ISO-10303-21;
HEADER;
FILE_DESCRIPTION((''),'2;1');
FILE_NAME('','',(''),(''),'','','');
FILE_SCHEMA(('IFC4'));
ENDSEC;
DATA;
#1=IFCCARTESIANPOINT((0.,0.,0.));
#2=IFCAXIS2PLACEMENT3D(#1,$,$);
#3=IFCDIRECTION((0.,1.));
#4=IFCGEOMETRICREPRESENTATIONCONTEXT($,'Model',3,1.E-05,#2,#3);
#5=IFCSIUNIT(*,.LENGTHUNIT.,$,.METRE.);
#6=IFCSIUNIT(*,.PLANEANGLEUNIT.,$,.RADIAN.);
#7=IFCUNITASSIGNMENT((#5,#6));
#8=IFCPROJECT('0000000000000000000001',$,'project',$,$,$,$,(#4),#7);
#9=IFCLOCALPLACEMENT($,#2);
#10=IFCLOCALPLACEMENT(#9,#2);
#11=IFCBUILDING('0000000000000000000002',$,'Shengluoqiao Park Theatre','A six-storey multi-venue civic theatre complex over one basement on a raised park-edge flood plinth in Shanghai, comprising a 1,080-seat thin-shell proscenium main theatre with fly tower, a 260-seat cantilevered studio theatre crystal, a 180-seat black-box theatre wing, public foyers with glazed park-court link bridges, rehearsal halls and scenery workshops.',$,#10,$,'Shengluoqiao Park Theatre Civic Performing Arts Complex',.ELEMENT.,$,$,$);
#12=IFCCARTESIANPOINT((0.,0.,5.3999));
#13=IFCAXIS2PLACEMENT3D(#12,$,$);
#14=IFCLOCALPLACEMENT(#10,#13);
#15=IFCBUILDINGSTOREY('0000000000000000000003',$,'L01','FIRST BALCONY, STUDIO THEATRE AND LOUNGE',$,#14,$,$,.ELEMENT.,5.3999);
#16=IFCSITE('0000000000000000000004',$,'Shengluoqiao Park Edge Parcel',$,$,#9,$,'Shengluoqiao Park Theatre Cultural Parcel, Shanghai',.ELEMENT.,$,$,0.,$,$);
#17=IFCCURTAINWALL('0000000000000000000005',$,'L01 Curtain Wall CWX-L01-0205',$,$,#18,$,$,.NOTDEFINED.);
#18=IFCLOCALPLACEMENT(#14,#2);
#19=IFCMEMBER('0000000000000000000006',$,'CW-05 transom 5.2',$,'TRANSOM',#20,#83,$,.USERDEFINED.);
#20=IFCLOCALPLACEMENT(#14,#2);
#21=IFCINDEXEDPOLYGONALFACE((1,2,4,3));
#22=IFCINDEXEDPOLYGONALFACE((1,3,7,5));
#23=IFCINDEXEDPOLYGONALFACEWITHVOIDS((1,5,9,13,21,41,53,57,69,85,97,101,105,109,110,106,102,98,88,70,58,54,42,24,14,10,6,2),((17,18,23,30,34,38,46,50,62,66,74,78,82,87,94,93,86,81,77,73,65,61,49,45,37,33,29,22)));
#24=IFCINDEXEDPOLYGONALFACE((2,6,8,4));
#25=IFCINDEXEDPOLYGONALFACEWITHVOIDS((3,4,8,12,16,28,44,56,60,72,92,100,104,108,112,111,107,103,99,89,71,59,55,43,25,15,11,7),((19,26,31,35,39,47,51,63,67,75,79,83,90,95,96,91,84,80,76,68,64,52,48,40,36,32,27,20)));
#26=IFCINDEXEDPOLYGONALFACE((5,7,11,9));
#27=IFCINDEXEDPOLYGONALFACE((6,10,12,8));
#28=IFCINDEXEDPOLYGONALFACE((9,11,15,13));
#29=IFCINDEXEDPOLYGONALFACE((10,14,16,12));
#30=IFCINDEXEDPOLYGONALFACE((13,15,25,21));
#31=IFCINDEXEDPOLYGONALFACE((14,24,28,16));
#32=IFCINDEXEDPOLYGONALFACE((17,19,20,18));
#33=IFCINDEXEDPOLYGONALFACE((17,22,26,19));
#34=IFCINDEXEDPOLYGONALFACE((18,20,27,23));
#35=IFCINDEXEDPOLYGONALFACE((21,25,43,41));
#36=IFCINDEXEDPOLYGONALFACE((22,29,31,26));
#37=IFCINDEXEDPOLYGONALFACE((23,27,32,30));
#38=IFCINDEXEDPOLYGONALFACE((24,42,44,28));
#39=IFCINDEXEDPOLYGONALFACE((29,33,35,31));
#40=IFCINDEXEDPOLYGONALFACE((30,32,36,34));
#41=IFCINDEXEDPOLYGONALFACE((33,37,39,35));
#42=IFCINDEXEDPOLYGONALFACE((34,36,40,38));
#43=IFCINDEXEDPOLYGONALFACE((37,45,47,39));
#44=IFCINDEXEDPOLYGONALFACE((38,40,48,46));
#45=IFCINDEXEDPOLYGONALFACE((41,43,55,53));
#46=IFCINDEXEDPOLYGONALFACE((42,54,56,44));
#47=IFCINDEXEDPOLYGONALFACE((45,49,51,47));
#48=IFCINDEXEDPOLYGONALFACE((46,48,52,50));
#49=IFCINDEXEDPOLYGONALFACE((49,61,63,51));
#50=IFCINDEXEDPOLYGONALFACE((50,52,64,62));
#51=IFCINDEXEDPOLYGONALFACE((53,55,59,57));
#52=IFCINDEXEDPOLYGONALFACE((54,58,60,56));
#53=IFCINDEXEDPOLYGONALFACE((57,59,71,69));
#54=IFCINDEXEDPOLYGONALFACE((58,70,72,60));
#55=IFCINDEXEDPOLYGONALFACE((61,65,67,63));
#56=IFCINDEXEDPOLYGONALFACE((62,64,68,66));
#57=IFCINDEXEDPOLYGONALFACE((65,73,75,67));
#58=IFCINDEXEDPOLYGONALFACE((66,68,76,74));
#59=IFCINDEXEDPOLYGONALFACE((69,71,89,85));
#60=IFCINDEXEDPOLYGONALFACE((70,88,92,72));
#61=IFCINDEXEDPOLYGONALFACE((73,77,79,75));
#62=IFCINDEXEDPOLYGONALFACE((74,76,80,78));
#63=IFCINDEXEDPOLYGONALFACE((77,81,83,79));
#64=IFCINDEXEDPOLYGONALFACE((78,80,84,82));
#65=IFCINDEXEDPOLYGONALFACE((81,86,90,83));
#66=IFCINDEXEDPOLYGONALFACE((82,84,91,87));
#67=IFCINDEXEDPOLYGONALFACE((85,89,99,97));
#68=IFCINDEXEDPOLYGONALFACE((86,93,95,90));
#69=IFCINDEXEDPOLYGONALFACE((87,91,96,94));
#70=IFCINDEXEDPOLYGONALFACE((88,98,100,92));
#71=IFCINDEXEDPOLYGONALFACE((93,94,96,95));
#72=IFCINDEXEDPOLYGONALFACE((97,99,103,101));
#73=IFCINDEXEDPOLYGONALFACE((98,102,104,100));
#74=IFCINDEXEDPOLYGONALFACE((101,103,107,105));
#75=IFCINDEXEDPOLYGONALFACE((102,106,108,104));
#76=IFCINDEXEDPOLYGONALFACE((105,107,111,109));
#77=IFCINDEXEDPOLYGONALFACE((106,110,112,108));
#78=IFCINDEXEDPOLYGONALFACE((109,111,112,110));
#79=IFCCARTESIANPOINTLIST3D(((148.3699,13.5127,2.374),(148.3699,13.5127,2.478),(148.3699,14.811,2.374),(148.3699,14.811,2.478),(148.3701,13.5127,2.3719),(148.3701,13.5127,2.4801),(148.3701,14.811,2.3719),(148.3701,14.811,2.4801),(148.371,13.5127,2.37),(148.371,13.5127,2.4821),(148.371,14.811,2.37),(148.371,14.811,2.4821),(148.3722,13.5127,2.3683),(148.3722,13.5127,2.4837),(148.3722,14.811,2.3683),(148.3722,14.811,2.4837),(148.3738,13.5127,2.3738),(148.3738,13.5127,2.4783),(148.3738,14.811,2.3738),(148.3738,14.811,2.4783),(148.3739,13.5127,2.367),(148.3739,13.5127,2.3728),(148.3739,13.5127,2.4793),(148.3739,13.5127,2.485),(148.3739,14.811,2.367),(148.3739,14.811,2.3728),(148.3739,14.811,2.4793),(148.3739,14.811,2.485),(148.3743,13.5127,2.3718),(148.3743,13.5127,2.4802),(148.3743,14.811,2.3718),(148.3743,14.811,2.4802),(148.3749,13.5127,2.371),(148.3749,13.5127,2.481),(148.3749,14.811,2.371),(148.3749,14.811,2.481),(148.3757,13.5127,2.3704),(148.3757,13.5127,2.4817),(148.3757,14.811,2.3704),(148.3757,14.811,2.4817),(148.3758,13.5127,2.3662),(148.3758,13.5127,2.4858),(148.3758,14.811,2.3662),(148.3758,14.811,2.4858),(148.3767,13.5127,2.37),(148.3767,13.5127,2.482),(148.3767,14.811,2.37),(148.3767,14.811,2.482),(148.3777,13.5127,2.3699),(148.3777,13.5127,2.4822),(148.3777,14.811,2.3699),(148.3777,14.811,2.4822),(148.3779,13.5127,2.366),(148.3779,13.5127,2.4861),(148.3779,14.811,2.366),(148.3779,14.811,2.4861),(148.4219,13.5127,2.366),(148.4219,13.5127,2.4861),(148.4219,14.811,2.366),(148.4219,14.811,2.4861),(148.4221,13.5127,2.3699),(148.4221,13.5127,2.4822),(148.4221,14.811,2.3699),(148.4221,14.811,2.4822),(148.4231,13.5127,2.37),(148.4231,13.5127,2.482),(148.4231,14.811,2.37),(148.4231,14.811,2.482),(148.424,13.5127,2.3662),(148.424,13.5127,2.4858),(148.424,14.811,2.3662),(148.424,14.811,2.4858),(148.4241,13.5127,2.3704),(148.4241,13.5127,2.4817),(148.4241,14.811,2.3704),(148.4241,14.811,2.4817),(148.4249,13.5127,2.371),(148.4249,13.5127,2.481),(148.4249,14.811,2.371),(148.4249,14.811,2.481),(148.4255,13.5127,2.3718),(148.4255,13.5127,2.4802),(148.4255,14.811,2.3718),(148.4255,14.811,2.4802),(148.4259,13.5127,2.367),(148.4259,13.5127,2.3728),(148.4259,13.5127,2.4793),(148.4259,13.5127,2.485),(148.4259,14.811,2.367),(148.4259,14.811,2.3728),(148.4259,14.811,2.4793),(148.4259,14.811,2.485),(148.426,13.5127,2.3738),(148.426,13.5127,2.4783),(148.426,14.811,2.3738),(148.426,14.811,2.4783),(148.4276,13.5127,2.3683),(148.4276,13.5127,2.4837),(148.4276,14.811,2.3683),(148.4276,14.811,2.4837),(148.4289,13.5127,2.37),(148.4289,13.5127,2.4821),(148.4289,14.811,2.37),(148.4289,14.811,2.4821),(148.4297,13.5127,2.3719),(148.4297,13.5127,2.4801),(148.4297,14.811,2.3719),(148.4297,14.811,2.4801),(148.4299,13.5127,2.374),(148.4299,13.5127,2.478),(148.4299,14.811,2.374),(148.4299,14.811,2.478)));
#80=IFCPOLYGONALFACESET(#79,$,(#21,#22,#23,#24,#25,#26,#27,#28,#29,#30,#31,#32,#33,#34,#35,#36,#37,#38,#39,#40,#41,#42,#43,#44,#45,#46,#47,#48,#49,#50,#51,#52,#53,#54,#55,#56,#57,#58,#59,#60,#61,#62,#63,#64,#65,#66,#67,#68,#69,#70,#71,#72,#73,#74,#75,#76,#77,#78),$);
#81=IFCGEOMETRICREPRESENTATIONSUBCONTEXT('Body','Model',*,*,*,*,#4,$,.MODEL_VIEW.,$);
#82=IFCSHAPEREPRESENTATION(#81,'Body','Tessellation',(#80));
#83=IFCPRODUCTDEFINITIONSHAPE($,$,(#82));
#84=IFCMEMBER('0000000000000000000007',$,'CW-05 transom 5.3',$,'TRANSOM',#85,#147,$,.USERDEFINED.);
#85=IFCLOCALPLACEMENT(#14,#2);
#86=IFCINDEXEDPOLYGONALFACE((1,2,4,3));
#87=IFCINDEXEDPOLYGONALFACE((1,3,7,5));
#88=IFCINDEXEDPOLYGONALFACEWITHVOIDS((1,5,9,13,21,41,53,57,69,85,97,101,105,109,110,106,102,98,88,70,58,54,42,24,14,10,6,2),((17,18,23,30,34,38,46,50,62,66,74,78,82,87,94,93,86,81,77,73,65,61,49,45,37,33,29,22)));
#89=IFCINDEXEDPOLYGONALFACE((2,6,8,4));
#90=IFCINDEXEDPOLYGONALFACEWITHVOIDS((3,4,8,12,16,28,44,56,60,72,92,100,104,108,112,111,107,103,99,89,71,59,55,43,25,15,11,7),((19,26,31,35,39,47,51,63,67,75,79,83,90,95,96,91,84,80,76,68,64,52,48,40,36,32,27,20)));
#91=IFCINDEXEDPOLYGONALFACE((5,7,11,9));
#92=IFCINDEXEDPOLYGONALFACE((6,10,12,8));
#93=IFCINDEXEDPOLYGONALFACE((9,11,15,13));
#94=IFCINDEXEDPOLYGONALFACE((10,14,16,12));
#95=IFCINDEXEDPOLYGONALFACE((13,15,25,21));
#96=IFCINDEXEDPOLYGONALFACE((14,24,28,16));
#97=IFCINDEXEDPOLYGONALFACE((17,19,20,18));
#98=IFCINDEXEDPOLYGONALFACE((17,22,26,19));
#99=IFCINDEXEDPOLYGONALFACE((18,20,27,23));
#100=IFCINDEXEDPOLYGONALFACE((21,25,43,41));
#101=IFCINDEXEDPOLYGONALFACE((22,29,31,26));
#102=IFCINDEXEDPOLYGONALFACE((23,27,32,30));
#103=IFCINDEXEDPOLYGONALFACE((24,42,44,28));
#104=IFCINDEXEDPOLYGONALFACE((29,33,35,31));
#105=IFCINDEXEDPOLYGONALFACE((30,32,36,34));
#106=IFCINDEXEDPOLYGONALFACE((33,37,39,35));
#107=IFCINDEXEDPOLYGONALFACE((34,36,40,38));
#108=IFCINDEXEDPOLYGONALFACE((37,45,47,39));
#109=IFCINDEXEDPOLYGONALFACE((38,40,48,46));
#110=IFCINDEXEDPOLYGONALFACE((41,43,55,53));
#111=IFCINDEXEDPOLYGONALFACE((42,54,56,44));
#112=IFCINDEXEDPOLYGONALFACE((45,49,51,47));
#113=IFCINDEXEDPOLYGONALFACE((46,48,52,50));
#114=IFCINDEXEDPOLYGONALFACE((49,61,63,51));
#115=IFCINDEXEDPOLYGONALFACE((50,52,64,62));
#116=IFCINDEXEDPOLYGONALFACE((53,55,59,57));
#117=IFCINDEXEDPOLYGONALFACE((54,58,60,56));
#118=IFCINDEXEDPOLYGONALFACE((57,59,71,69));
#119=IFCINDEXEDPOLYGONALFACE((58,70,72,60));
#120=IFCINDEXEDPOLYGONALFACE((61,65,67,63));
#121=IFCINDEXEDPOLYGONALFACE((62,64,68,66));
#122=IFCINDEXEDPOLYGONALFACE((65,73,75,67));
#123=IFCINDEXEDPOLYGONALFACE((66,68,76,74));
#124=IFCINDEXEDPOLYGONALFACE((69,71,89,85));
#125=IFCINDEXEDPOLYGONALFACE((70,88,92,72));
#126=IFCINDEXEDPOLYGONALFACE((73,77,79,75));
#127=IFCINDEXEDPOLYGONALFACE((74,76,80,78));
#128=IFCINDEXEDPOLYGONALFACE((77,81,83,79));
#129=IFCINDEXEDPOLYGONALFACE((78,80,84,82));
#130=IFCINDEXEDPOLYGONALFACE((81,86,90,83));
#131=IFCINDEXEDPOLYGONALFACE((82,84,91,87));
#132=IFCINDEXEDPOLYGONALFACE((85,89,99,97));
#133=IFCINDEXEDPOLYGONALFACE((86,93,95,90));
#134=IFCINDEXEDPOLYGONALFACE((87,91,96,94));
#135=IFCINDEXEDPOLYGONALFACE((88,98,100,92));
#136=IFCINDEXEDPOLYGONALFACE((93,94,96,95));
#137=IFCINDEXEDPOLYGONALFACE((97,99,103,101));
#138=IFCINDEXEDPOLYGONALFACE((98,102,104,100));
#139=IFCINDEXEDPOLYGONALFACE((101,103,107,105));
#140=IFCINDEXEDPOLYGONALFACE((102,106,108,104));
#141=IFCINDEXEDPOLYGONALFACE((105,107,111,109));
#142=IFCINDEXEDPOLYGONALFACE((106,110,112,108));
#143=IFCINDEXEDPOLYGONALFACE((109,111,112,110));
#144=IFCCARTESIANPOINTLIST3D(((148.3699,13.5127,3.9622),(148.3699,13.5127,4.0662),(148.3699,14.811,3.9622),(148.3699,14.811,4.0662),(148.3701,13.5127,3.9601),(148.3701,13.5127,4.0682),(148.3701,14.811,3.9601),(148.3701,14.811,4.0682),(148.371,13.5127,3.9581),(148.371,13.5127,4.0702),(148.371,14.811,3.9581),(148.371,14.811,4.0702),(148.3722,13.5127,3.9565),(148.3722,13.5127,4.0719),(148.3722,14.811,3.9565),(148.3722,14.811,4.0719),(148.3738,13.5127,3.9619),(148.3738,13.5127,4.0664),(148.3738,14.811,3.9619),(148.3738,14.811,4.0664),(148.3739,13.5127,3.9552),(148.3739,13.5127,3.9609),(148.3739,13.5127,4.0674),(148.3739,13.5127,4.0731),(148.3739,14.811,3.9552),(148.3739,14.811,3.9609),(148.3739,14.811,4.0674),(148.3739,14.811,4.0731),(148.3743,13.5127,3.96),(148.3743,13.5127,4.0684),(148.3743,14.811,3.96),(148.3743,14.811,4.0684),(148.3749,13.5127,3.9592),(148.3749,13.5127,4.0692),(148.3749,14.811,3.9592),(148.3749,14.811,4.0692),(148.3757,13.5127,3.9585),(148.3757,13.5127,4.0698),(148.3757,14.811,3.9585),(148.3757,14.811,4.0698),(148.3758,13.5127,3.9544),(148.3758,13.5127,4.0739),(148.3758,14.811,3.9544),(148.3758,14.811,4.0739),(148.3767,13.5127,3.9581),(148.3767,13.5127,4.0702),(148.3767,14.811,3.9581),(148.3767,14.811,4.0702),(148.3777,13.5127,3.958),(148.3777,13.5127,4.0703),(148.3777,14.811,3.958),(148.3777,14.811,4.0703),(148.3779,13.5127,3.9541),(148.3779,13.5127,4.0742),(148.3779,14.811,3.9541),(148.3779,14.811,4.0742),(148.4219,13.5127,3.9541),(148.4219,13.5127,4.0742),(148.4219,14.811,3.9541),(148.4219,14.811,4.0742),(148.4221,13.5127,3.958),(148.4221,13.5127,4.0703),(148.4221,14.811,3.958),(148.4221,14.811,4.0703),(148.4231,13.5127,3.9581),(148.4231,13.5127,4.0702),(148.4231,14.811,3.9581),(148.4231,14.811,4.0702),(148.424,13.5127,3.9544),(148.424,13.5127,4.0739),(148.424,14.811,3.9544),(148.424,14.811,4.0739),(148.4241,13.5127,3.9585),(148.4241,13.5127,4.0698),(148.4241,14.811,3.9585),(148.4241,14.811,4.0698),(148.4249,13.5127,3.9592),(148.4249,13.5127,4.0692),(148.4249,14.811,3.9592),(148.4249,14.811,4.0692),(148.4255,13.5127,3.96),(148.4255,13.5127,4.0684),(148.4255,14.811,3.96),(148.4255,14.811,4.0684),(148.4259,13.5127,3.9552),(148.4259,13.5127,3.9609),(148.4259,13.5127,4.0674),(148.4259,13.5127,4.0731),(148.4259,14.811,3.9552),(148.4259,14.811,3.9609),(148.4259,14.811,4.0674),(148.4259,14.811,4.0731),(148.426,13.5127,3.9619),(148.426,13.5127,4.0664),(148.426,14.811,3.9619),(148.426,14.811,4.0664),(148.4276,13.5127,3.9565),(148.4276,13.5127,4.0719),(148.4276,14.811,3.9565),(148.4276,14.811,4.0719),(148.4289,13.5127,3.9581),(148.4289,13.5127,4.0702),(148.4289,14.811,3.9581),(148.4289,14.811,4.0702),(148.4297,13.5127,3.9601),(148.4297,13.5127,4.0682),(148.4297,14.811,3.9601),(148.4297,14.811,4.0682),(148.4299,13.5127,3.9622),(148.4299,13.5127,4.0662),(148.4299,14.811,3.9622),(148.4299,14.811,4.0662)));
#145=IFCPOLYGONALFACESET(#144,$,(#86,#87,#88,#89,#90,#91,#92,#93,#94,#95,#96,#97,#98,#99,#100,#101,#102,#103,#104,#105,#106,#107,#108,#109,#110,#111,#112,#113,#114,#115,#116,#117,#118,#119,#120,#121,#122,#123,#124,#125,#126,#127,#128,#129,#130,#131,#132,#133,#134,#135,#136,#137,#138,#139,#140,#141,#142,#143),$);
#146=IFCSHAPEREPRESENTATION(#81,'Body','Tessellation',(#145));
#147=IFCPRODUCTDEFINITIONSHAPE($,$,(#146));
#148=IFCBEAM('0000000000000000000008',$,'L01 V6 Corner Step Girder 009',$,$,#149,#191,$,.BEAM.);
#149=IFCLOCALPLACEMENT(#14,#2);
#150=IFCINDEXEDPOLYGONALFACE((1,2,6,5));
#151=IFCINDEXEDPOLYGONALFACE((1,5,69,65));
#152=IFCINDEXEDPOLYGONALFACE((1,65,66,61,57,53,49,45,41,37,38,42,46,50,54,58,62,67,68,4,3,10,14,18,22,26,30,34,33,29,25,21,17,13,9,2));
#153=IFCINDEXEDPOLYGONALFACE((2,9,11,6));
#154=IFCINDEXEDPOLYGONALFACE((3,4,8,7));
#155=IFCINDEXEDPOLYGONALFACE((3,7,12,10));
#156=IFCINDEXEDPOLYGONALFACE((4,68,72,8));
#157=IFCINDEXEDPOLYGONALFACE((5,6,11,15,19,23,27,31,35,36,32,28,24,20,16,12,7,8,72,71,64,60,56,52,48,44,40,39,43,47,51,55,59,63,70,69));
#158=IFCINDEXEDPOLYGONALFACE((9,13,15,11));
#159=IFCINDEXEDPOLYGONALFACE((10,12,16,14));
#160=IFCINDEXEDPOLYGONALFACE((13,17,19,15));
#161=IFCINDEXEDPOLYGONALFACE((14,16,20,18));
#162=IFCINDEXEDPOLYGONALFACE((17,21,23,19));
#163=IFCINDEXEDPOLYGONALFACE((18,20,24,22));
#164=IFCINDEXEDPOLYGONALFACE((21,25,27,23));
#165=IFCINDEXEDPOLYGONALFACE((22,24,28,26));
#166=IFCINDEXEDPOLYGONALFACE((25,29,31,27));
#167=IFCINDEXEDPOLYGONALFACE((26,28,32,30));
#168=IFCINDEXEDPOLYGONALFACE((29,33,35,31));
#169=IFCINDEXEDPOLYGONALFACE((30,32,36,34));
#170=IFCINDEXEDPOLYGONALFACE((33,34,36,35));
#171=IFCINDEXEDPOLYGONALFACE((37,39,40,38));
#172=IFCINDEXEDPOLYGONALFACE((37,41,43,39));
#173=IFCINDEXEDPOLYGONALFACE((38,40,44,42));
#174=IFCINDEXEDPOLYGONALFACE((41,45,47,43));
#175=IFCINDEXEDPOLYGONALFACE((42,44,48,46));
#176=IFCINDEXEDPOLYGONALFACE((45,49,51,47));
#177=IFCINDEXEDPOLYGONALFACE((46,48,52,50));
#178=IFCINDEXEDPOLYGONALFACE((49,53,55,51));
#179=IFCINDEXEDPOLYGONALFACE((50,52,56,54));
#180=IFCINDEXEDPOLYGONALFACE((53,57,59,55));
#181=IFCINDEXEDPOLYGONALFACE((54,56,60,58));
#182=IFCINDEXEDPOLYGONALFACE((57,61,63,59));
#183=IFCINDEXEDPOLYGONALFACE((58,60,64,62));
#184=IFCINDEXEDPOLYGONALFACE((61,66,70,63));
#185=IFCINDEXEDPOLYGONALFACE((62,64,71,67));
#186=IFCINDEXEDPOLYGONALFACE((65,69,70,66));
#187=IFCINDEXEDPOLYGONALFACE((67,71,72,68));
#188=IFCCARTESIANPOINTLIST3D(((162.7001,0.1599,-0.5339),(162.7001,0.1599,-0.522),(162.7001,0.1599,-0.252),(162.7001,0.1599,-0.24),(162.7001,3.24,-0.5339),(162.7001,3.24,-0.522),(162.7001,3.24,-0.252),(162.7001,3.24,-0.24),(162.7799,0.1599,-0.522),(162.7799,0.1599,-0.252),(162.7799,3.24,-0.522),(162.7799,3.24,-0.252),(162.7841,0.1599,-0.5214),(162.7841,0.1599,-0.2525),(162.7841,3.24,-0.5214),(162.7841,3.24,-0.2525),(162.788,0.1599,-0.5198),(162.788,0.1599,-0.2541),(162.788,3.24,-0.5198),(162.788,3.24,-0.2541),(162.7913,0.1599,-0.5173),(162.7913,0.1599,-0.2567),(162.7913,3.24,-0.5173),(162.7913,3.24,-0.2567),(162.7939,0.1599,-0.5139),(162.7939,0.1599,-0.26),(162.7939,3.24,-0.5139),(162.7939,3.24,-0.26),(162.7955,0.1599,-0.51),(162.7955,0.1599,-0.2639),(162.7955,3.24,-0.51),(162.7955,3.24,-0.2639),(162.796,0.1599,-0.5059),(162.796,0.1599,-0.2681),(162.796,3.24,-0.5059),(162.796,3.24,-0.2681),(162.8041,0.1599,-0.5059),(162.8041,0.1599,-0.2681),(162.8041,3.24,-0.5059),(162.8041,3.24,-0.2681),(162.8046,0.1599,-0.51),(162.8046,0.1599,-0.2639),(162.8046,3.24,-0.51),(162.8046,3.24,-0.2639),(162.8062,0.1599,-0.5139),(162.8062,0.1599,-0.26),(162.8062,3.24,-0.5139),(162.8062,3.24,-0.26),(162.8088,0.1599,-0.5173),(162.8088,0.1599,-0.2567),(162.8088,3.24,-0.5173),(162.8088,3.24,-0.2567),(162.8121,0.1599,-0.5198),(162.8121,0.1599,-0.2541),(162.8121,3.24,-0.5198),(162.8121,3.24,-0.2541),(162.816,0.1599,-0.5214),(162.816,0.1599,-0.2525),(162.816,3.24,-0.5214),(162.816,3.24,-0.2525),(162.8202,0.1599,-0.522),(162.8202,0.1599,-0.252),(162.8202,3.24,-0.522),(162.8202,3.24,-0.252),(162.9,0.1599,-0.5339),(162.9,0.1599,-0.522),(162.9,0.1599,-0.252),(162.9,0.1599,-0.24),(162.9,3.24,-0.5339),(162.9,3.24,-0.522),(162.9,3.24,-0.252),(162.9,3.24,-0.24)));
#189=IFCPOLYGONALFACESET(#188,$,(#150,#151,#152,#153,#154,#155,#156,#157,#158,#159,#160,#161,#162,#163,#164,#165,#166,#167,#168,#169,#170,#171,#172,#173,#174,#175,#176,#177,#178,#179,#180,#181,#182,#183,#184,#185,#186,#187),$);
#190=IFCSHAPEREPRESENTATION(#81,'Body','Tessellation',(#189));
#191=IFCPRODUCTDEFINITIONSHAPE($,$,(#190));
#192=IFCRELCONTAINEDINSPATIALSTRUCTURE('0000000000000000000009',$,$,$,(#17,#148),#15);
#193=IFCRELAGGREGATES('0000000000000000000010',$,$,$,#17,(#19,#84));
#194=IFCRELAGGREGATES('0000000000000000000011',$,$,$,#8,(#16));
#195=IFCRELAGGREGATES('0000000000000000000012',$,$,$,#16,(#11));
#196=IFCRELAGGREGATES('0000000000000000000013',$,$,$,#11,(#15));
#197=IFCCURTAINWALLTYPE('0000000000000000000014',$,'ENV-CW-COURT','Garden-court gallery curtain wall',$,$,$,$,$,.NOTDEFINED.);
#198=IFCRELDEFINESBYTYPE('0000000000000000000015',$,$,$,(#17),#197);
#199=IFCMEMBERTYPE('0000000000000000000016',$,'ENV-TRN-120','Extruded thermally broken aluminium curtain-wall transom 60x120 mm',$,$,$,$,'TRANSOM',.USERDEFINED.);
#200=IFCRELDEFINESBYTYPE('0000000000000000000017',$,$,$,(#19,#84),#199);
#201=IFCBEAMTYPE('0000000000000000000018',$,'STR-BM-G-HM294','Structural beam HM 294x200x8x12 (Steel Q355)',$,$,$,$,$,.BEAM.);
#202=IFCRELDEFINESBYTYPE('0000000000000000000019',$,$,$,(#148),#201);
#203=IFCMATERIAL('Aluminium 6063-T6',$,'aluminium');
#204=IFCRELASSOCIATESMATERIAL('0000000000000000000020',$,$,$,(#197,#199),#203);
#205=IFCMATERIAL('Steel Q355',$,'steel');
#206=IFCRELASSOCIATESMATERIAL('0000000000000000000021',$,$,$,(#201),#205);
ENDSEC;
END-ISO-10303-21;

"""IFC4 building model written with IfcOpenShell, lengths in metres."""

from ifc_helpers import new_model, si_unit, direction, frame, origin, origin_2d, place, context, subcontext, project, spatial, hollow_rectangle, i_section, extrude, material, material_profile, profile_set, type_object, element, aggregate, save


model = new_model("IFC4")

# Units and contexts
model_context = context("Model", 3, precision=1e-05, world=origin(), true_north=direction((0.0, 1.0)))
body_context = subcontext(model_context, "Body", "Model", "MODEL_VIEW")
ifc_project = project(units=[si_unit("LENGTHUNIT", "METRE"), si_unit("PLANEANGLEUNIT", "RADIAN")], contexts=[model_context])

# Site, building, storey
site_placement = place(None, origin())
site = spatial("IfcSite", under=ifc_project, at=site_placement, Name="Shengluoqiao Park Edge Parcel", LongName="Shengluoqiao Park Theatre Cultural Parcel, Shanghai", CompositionType="ELEMENT", RefElevation=0.0)
building_placement = place(site_placement, origin())
building = spatial("IfcBuilding", under=site, at=building_placement, Name="Shengluoqiao Park Theatre", Description="A six-storey multi-venue civic theatre complex over one basement on a raised park-edge flood plinth in Shanghai, comprising a 1,080-seat thin-shell proscenium main theatre with fly tower, a 260-seat cantilevered studio theatre crystal, a 180-seat black-box theatre wing, public foyers with glazed park-court link bridges, rehearsal halls and scenery workshops.", LongName="Shengluoqiao Park Theatre Civic Performing Arts Complex", CompositionType="ELEMENT")
storey_placement = place(building_placement, frame((0.0, 0.0, 5.3999)))
storey = spatial("IfcBuildingStorey", under=building, at=storey_placement, Name="L01", Description="FIRST BALCONY, STUDIO THEATRE AND LOUNGE", CompositionType="ELEMENT", Elevation=5.3999)

# Shared definitions
ifc_material_1 = material(Name="Steel Q355", Category="steel")

# Curtain wall, members
ifc_material_2 = material(Name="Aluminium 6063-T6", Category="aluminium")
curtain_wall_type = type_object("IfcCurtainWallType", Name="ENV-CW-COURT", Description="Garden-court gallery curtain wall", PredefinedType="NOTDEFINED", material=ifc_material_2)
curtain_wall_placement = place(storey_placement, origin())
curtain_wall = element("IfcCurtainWall", 1, at=curtain_wall_placement, inside=storey, type_object=curtain_wall_type, Name="L01 Curtain Wall CWX-L01-0205", PredefinedType="NOTDEFINED")
ifc_material_profile_1 = material_profile(ifc_material_2, hollow_rectangle(XDim=0.0601, YDim=0.1201, WallThickness=0.0039, InnerFilletRadius=0.0039, OuterFilletRadius=0.0081, at=origin_2d()), Name="ALU TRANSOM 120x60x4")
ifc_profile_set_1 = profile_set([ifc_material_profile_1], Name="Aluminium 6063-T6")
member_type = type_object("IfcMemberType", Name="ENV-TRN-120", Description="Extruded thermally broken aluminium curtain-wall transom 60x120 mm", ElementType="TRANSOM", PredefinedType="USERDEFINED", material=ifc_profile_set_1)
member_1_placement = place(storey_placement, frame((148.3999, 13.5127, 2.426), z_axis=(0.0, 1.0, 0.0), x_axis=(-1.0, 0.0, 0.0)))
member_1 = element("IfcMember", 2, at=member_1_placement, type_object=member_type, Name="CW-05 transom 5.2", ObjectType="TRANSOM", PredefinedType="USERDEFINED", context=body_context, shape_type="SweptSolid", body=[
    extrude(hollow_rectangle(XDim=0.0601, YDim=0.1201, WallThickness=0.0039, InnerFilletRadius=0.0039, OuterFilletRadius=0.0081, at=origin_2d()), origin(), (0.0, 0.0, 1.0), 1.2983),
])
member_2_placement = place(storey_placement, frame((148.3999, 13.5127, 4.0142), z_axis=(0.0, 1.0, 0.0), x_axis=(-1.0, 0.0, 0.0)))
member_2 = element("IfcMember", 3, at=member_2_placement, type_object=member_type, Name="CW-05 transom 5.3", ObjectType="TRANSOM", PredefinedType="USERDEFINED", context=body_context, shape_type="SweptSolid", body=[
    extrude(hollow_rectangle(XDim=0.0601, YDim=0.1201, WallThickness=0.0039, InnerFilletRadius=0.0039, OuterFilletRadius=0.0081, at=origin_2d()), origin(), (0.0, 0.0, 1.0), 1.2983),
])

# Beam
ifc_material_profile_2 = material_profile(ifc_material_1, i_section(OverallWidth=0.2, OverallDepth=0.2939, WebThickness=0.0081, FlangeThickness=0.012, FilletRadius=0.0161, at=origin_2d()), Name="HM 294x200x8x12")
ifc_profile_set_2 = profile_set([ifc_material_profile_2], Name="Steel Q355")
beam_type_1 = type_object("IfcBeamType", Name="STR-BM-G-HM294", Description="Structural beam HM 294x200x8x12 (Steel Q355)", PredefinedType="BEAM", material=ifc_profile_set_2)
beam_1_placement = place(storey_placement, frame((162.8, 0.1599, -0.387), z_axis=(0.0, 1.0, 0.0), x_axis=(-1.0, 0.0, 0.0)))
element("IfcBeam", 4, at=beam_1_placement, inside=storey, type_object=beam_type_1, Name="L01 V6 Corner Step Girder 009", PredefinedType="BEAM", context=body_context, shape_type="SweptSolid", body=[
    extrude(i_section(OverallWidth=0.2, OverallDepth=0.2939, WebThickness=0.0081, FlangeThickness=0.012, FilletRadius=0.0161, at=origin_2d()), origin(), (0.0, 0.0, 1.0), 3.0801),
])

aggregate(curtain_wall, [member_1, member_2])

save(model, "model.ifc")
